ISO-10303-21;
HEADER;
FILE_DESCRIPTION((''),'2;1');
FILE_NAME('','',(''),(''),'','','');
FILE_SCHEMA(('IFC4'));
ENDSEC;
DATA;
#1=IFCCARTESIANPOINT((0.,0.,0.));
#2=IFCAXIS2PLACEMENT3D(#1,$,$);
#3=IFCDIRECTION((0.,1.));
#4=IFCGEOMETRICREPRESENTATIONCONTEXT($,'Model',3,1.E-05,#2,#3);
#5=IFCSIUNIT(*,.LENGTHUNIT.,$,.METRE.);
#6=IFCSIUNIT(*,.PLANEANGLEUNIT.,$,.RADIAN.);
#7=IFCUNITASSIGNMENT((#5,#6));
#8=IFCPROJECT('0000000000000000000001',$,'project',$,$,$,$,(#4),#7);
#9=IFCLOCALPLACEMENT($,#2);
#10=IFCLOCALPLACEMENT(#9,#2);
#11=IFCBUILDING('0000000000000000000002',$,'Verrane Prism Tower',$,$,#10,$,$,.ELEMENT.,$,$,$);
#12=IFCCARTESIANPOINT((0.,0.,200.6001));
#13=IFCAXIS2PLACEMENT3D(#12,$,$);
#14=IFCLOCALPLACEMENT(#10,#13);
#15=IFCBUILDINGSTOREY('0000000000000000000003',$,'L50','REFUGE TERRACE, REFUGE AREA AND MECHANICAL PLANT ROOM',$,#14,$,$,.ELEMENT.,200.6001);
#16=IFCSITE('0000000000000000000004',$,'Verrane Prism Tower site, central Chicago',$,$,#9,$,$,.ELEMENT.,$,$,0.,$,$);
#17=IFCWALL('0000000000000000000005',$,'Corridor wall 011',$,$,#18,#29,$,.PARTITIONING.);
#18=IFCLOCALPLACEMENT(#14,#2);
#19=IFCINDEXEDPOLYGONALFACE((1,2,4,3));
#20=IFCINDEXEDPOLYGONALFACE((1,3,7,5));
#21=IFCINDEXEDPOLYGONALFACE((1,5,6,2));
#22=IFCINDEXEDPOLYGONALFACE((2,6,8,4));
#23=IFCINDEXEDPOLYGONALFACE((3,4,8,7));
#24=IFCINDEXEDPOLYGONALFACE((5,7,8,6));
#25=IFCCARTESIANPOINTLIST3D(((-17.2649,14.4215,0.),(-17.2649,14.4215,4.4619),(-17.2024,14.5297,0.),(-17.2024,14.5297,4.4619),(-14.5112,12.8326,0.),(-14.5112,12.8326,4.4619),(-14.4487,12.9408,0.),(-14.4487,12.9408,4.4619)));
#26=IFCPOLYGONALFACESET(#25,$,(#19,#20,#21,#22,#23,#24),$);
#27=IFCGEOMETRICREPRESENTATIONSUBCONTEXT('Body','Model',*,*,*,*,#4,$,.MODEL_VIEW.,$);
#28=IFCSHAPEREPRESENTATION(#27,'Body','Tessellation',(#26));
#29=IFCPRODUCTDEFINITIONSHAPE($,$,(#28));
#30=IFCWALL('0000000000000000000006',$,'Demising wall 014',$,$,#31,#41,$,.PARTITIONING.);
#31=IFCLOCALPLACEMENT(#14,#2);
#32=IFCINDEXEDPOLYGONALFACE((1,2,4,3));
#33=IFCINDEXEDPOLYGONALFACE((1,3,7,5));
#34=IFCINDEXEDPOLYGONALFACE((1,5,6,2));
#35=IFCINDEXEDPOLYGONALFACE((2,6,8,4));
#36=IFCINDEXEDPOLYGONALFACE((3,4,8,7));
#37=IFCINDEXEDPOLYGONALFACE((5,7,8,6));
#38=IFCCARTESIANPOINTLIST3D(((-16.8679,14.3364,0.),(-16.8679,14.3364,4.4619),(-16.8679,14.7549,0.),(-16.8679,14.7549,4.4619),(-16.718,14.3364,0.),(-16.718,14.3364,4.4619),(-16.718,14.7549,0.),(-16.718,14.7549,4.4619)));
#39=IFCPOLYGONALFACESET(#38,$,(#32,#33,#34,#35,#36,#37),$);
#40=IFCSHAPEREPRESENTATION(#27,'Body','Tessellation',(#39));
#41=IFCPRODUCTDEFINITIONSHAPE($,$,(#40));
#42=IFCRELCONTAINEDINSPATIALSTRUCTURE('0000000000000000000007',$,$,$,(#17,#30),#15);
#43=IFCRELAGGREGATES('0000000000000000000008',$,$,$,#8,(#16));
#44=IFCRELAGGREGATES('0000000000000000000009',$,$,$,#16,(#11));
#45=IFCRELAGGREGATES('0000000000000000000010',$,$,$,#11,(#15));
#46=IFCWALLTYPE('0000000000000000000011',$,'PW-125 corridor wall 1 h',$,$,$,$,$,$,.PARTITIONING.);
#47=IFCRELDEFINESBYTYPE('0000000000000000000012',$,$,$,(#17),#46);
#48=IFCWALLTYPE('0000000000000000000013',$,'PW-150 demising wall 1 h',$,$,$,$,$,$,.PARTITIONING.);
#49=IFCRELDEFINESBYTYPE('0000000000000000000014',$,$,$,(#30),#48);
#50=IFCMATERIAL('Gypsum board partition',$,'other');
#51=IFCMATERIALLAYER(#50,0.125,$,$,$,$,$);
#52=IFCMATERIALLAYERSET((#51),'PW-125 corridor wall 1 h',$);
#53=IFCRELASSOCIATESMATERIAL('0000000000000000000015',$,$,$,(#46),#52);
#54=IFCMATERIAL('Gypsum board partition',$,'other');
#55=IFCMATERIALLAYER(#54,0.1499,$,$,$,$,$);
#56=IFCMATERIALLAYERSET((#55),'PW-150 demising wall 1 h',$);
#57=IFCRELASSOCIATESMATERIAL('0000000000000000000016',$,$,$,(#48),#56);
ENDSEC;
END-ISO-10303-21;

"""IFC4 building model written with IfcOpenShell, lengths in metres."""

from ifc_helpers import new_model, si_unit, direction, frame, frame_2d, origin, place, context, subcontext, project, spatial, rectangle, extrude, material, layer, layer_set, type_object, element, save


model = new_model("IFC4")

# Units and contexts
model_context = context("Model", 3, precision=1e-05, world=origin(), true_north=direction((0.0, 1.0)))
body_context = subcontext(model_context, "Body", "Model", "MODEL_VIEW")
ifc_project = project(units=[si_unit("LENGTHUNIT", "METRE"), si_unit("PLANEANGLEUNIT", "RADIAN")], contexts=[model_context])

# Site, building, storey
site_placement = place(None, origin())
site = spatial("IfcSite", under=ifc_project, at=site_placement, Name="Verrane Prism Tower site, central Chicago", CompositionType="ELEMENT", RefElevation=0.0)
building_placement = place(site_placement, origin())
building = spatial("IfcBuilding", under=site, at=building_placement, Name="Verrane Prism Tower", CompositionType="ELEMENT")
storey_placement = place(building_placement, frame((0.0, 0.0, 200.6001)))
storey = spatial("IfcBuildingStorey", under=building, at=storey_placement, Name="L50", Description="REFUGE TERRACE, REFUGE AREA AND MECHANICAL PLANT ROOM", CompositionType="ELEMENT", Elevation=200.6001)

# Walls
ifc_material_1 = material(Name="Gypsum board partition", Category="other")
ifc_layer_1 = layer(ifc_material_1, 0.125)
ifc_layer_set_1 = layer_set([ifc_layer_1], Name="PW-125 corridor wall 1 h")
wall_type_1 = type_object("IfcWallType", Name="PW-125 corridor wall 1 h", PredefinedType="PARTITIONING", material=ifc_layer_set_1)
wall_1_placement = place(storey_placement, frame((-17.2336, 14.4756, 0.0), z_axis=(0.0, 0.0, 1.0), x_axis=(0.866156, -0.499773, 0.0)))
element("IfcWall", 1, at=wall_1_placement, inside=storey, type_object=wall_type_1, Name="Corridor wall 011", PredefinedType="PARTITIONING", context=body_context, shape_type="SweptSolid", body=[
    extrude(rectangle(XDim=3.1792, YDim=0.125, at=frame_2d((1.5896, 0.0))), origin(), (0.0, 0.0, 1.0), 4.4619),
])
ifc_material_2 = material(Name="Gypsum board partition", Category="other")
ifc_layer_2 = layer(ifc_material_2, 0.1499)
ifc_layer_set_2 = layer_set([ifc_layer_2], Name="PW-150 demising wall 1 h")
wall_type_2 = type_object("IfcWallType", Name="PW-150 demising wall 1 h", PredefinedType="PARTITIONING", material=ifc_layer_set_2)
wall_2_placement = place(storey_placement, frame((-16.793, 14.3364, 0.0), z_axis=(0.0, 0.0, 1.0), x_axis=(0.0, 1.0, 0.0)))
element("IfcWall", 2, at=wall_2_placement, inside=storey, type_object=wall_type_2, Name="Demising wall 014", PredefinedType="PARTITIONING", context=body_context, shape_type="SweptSolid", body=[
    extrude(rectangle(XDim=0.4185, YDim=0.1499, at=frame_2d((0.2092, 0.0))), origin(), (0.0, 0.0, 1.0), 4.4619),
])

save(model, "model.ifc")
